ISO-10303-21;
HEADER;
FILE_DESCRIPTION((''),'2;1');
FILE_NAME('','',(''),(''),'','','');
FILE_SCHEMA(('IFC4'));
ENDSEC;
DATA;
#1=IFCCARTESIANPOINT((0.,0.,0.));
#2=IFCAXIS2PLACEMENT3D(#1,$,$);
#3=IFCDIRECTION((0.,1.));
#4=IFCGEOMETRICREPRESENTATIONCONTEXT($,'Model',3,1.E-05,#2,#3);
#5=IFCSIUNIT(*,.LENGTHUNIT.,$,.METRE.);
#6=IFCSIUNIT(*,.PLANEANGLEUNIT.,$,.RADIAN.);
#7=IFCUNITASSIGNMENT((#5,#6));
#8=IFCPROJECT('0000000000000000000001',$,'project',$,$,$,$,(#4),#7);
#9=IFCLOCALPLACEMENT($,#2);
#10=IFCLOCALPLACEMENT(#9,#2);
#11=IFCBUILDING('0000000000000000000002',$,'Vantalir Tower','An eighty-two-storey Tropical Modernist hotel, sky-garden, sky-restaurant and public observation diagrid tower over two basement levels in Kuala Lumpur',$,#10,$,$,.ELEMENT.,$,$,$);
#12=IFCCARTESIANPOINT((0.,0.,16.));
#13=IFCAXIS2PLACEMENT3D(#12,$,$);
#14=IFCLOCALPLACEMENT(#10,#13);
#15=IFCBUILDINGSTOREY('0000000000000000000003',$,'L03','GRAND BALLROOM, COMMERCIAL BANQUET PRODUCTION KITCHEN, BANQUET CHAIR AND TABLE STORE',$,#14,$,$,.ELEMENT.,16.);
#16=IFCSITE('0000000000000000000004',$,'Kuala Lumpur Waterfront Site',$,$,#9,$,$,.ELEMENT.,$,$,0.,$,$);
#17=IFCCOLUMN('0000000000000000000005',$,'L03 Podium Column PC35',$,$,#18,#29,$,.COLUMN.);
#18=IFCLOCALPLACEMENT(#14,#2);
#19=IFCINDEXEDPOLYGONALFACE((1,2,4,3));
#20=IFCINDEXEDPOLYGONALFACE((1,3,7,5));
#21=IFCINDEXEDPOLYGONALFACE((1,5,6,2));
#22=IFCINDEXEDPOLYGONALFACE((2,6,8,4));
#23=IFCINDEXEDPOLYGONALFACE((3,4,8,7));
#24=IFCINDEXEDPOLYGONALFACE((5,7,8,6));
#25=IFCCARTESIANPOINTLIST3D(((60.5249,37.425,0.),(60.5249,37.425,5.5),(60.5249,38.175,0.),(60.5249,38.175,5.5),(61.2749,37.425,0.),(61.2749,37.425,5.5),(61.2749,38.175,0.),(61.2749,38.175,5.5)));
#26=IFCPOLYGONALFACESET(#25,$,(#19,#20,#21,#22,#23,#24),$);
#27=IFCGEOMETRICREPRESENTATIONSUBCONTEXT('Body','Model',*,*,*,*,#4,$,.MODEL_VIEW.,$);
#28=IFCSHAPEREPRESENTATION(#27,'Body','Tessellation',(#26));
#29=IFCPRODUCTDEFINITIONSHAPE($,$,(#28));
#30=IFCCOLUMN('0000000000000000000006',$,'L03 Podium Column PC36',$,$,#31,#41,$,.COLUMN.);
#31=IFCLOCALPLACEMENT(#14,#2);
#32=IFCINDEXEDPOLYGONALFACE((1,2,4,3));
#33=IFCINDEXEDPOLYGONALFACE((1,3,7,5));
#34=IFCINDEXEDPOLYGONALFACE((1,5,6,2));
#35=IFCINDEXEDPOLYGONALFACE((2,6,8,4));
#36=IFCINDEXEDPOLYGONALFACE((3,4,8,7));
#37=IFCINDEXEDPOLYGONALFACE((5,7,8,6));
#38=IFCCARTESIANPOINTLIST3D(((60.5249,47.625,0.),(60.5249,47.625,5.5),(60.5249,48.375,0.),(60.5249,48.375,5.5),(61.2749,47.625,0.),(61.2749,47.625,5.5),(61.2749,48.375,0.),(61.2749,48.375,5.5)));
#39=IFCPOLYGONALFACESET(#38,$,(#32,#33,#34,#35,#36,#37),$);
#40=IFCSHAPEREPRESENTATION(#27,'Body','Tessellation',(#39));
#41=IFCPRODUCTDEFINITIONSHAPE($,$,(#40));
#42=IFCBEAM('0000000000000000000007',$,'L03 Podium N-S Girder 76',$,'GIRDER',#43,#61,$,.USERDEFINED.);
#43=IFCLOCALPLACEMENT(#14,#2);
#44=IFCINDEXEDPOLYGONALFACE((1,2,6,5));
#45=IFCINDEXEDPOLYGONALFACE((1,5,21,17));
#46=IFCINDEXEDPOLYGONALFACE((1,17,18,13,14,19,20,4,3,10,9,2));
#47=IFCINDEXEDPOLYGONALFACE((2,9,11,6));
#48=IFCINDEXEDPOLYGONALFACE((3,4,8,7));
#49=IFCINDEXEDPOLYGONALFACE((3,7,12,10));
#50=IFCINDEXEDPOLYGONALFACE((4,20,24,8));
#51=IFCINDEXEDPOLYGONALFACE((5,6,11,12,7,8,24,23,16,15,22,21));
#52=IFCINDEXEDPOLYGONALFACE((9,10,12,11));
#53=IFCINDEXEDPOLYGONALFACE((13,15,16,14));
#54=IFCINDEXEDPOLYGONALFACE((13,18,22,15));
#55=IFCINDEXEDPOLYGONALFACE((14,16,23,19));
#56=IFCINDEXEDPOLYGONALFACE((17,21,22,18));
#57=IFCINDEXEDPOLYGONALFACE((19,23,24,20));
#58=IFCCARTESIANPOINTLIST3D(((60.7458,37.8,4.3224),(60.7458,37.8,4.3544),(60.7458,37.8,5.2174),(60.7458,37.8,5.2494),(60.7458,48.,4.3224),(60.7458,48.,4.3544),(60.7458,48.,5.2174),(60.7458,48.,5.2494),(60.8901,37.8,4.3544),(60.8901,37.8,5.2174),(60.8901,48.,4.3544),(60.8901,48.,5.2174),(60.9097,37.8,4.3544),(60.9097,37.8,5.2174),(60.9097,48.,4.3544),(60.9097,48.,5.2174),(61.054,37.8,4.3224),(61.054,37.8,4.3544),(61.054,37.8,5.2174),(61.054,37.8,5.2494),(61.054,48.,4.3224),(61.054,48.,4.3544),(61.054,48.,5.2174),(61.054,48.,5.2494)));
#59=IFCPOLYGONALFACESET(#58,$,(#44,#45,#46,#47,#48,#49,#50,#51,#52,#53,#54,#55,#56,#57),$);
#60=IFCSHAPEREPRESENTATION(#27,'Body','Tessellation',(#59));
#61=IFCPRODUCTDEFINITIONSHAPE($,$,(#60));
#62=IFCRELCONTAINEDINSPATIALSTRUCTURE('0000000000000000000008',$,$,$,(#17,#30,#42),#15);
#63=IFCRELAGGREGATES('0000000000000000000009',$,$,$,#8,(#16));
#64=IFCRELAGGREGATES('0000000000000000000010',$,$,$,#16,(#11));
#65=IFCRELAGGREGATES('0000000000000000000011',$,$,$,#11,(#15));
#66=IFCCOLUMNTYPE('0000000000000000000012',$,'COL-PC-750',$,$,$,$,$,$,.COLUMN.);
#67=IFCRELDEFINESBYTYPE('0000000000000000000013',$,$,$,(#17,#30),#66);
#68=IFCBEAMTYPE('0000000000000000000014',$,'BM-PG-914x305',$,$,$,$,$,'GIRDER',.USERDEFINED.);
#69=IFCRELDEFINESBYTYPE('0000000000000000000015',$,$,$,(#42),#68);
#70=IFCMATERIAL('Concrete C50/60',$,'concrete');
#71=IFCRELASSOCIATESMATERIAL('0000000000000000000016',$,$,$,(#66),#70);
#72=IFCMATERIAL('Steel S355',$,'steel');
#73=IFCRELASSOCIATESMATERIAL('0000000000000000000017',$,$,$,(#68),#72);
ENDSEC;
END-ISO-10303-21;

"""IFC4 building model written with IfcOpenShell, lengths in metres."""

from ifc_helpers import new_model, si_unit, direction, frame, origin, origin_2d, place, context, subcontext, project, spatial, rectangle, i_section, extrude, material, material_profile, profile_set, type_object, element, save


model = new_model("IFC4")

# Units and contexts
model_context = context("Model", 3, precision=1e-05, world=origin(), true_north=direction((0.0, 1.0)))
body_context = subcontext(model_context, "Body", "Model", "MODEL_VIEW")
ifc_project = project(units=[si_unit("LENGTHUNIT", "METRE"), si_unit("PLANEANGLEUNIT", "RADIAN")], contexts=[model_context])

# Site, building, storey
site_placement = place(None, origin())
site = spatial("IfcSite", under=ifc_project, at=site_placement, Name="Kuala Lumpur Waterfront Site", CompositionType="ELEMENT", RefElevation=0.0)
building_placement = place(site_placement, origin())
building = spatial("IfcBuilding", under=site, at=building_placement, Name="Vantalir Tower", Description="An eighty-two-storey Tropical Modernist hotel, sky-garden, sky-restaurant and public observation diagrid tower over two basement levels in Kuala Lumpur", CompositionType="ELEMENT")
storey_placement = place(building_placement, frame((0.0, 0.0, 16.0)))
storey = spatial("IfcBuildingStorey", under=building, at=storey_placement, Name="L03", Description="GRAND BALLROOM, COMMERCIAL BANQUET PRODUCTION KITCHEN, BANQUET CHAIR AND TABLE STORE", CompositionType="ELEMENT", Elevation=16.0)

# Columns
ifc_material_1 = material(Name="Concrete C50/60", Category="concrete")
ifc_material_profile_1 = material_profile(ifc_material_1, rectangle(XDim=0.75, YDim=0.75, at=origin_2d()), Name="Concrete C50/60")
ifc_profile_set_1 = profile_set([ifc_material_profile_1], Name="Concrete C50/60")
column_type = type_object("IfcColumnType", Name="COL-PC-750", PredefinedType="COLUMN", material=ifc_profile_set_1)
for number, where, z_axis, x_axis, name in (
    (1, (60.8999, 37.8, 0.0), (0.0, 0.0, 1.0), (1.0, 0.0, 0.0), "L03 Podium Column PC35"),
    (2, (60.8999, 48.0, 0.0), (0.0, 0.0, 1.0), (1.0, 0.0, 0.0), "L03 Podium Column PC36"),
):
    element("IfcColumn", number, at=place(storey_placement, frame(where, z_axis=z_axis, x_axis=x_axis)), inside=storey, type_object=column_type, Name=name, PredefinedType="COLUMN", context=body_context, shape_type="SweptSolid", body=[
        extrude(rectangle(XDim=0.75, YDim=0.75, at=origin_2d()), origin(), (0.0, 0.0, 1.0), 5.5),
    ])

# Beam
ifc_material_2 = material(Name="Steel S355", Category="steel")
ifc_material_profile_2 = material_profile(ifc_material_2, i_section(OverallWidth=0.3081, OverallDepth=0.927, WebThickness=0.0195, FlangeThickness=0.032, at=origin_2d()), Name="Steel S355")
ifc_profile_set_2 = profile_set([ifc_material_profile_2], Name="Steel S355")
beam_type = type_object("IfcBeamType", Name="BM-PG-914x305", ElementType="GIRDER", PredefinedType="USERDEFINED", material=ifc_profile_set_2)
beam_placement = place(storey_placement, frame((60.8999, 37.8, 4.7859), z_axis=(0.0, 1.0, 0.0), x_axis=(-1.0, 0.0, 0.0)))
element("IfcBeam", 3, at=beam_placement, inside=storey, type_object=beam_type, Name="L03 Podium N-S Girder 76", ObjectType="GIRDER", PredefinedType="USERDEFINED", context=body_context, shape_type="SweptSolid", body=[
    extrude(i_section(OverallWidth=0.3081, OverallDepth=0.927, WebThickness=0.0195, FlangeThickness=0.032, at=origin_2d()), origin(), (0.0, 0.0, 1.0), 10.2),
])

save(model, "model.ifc")
